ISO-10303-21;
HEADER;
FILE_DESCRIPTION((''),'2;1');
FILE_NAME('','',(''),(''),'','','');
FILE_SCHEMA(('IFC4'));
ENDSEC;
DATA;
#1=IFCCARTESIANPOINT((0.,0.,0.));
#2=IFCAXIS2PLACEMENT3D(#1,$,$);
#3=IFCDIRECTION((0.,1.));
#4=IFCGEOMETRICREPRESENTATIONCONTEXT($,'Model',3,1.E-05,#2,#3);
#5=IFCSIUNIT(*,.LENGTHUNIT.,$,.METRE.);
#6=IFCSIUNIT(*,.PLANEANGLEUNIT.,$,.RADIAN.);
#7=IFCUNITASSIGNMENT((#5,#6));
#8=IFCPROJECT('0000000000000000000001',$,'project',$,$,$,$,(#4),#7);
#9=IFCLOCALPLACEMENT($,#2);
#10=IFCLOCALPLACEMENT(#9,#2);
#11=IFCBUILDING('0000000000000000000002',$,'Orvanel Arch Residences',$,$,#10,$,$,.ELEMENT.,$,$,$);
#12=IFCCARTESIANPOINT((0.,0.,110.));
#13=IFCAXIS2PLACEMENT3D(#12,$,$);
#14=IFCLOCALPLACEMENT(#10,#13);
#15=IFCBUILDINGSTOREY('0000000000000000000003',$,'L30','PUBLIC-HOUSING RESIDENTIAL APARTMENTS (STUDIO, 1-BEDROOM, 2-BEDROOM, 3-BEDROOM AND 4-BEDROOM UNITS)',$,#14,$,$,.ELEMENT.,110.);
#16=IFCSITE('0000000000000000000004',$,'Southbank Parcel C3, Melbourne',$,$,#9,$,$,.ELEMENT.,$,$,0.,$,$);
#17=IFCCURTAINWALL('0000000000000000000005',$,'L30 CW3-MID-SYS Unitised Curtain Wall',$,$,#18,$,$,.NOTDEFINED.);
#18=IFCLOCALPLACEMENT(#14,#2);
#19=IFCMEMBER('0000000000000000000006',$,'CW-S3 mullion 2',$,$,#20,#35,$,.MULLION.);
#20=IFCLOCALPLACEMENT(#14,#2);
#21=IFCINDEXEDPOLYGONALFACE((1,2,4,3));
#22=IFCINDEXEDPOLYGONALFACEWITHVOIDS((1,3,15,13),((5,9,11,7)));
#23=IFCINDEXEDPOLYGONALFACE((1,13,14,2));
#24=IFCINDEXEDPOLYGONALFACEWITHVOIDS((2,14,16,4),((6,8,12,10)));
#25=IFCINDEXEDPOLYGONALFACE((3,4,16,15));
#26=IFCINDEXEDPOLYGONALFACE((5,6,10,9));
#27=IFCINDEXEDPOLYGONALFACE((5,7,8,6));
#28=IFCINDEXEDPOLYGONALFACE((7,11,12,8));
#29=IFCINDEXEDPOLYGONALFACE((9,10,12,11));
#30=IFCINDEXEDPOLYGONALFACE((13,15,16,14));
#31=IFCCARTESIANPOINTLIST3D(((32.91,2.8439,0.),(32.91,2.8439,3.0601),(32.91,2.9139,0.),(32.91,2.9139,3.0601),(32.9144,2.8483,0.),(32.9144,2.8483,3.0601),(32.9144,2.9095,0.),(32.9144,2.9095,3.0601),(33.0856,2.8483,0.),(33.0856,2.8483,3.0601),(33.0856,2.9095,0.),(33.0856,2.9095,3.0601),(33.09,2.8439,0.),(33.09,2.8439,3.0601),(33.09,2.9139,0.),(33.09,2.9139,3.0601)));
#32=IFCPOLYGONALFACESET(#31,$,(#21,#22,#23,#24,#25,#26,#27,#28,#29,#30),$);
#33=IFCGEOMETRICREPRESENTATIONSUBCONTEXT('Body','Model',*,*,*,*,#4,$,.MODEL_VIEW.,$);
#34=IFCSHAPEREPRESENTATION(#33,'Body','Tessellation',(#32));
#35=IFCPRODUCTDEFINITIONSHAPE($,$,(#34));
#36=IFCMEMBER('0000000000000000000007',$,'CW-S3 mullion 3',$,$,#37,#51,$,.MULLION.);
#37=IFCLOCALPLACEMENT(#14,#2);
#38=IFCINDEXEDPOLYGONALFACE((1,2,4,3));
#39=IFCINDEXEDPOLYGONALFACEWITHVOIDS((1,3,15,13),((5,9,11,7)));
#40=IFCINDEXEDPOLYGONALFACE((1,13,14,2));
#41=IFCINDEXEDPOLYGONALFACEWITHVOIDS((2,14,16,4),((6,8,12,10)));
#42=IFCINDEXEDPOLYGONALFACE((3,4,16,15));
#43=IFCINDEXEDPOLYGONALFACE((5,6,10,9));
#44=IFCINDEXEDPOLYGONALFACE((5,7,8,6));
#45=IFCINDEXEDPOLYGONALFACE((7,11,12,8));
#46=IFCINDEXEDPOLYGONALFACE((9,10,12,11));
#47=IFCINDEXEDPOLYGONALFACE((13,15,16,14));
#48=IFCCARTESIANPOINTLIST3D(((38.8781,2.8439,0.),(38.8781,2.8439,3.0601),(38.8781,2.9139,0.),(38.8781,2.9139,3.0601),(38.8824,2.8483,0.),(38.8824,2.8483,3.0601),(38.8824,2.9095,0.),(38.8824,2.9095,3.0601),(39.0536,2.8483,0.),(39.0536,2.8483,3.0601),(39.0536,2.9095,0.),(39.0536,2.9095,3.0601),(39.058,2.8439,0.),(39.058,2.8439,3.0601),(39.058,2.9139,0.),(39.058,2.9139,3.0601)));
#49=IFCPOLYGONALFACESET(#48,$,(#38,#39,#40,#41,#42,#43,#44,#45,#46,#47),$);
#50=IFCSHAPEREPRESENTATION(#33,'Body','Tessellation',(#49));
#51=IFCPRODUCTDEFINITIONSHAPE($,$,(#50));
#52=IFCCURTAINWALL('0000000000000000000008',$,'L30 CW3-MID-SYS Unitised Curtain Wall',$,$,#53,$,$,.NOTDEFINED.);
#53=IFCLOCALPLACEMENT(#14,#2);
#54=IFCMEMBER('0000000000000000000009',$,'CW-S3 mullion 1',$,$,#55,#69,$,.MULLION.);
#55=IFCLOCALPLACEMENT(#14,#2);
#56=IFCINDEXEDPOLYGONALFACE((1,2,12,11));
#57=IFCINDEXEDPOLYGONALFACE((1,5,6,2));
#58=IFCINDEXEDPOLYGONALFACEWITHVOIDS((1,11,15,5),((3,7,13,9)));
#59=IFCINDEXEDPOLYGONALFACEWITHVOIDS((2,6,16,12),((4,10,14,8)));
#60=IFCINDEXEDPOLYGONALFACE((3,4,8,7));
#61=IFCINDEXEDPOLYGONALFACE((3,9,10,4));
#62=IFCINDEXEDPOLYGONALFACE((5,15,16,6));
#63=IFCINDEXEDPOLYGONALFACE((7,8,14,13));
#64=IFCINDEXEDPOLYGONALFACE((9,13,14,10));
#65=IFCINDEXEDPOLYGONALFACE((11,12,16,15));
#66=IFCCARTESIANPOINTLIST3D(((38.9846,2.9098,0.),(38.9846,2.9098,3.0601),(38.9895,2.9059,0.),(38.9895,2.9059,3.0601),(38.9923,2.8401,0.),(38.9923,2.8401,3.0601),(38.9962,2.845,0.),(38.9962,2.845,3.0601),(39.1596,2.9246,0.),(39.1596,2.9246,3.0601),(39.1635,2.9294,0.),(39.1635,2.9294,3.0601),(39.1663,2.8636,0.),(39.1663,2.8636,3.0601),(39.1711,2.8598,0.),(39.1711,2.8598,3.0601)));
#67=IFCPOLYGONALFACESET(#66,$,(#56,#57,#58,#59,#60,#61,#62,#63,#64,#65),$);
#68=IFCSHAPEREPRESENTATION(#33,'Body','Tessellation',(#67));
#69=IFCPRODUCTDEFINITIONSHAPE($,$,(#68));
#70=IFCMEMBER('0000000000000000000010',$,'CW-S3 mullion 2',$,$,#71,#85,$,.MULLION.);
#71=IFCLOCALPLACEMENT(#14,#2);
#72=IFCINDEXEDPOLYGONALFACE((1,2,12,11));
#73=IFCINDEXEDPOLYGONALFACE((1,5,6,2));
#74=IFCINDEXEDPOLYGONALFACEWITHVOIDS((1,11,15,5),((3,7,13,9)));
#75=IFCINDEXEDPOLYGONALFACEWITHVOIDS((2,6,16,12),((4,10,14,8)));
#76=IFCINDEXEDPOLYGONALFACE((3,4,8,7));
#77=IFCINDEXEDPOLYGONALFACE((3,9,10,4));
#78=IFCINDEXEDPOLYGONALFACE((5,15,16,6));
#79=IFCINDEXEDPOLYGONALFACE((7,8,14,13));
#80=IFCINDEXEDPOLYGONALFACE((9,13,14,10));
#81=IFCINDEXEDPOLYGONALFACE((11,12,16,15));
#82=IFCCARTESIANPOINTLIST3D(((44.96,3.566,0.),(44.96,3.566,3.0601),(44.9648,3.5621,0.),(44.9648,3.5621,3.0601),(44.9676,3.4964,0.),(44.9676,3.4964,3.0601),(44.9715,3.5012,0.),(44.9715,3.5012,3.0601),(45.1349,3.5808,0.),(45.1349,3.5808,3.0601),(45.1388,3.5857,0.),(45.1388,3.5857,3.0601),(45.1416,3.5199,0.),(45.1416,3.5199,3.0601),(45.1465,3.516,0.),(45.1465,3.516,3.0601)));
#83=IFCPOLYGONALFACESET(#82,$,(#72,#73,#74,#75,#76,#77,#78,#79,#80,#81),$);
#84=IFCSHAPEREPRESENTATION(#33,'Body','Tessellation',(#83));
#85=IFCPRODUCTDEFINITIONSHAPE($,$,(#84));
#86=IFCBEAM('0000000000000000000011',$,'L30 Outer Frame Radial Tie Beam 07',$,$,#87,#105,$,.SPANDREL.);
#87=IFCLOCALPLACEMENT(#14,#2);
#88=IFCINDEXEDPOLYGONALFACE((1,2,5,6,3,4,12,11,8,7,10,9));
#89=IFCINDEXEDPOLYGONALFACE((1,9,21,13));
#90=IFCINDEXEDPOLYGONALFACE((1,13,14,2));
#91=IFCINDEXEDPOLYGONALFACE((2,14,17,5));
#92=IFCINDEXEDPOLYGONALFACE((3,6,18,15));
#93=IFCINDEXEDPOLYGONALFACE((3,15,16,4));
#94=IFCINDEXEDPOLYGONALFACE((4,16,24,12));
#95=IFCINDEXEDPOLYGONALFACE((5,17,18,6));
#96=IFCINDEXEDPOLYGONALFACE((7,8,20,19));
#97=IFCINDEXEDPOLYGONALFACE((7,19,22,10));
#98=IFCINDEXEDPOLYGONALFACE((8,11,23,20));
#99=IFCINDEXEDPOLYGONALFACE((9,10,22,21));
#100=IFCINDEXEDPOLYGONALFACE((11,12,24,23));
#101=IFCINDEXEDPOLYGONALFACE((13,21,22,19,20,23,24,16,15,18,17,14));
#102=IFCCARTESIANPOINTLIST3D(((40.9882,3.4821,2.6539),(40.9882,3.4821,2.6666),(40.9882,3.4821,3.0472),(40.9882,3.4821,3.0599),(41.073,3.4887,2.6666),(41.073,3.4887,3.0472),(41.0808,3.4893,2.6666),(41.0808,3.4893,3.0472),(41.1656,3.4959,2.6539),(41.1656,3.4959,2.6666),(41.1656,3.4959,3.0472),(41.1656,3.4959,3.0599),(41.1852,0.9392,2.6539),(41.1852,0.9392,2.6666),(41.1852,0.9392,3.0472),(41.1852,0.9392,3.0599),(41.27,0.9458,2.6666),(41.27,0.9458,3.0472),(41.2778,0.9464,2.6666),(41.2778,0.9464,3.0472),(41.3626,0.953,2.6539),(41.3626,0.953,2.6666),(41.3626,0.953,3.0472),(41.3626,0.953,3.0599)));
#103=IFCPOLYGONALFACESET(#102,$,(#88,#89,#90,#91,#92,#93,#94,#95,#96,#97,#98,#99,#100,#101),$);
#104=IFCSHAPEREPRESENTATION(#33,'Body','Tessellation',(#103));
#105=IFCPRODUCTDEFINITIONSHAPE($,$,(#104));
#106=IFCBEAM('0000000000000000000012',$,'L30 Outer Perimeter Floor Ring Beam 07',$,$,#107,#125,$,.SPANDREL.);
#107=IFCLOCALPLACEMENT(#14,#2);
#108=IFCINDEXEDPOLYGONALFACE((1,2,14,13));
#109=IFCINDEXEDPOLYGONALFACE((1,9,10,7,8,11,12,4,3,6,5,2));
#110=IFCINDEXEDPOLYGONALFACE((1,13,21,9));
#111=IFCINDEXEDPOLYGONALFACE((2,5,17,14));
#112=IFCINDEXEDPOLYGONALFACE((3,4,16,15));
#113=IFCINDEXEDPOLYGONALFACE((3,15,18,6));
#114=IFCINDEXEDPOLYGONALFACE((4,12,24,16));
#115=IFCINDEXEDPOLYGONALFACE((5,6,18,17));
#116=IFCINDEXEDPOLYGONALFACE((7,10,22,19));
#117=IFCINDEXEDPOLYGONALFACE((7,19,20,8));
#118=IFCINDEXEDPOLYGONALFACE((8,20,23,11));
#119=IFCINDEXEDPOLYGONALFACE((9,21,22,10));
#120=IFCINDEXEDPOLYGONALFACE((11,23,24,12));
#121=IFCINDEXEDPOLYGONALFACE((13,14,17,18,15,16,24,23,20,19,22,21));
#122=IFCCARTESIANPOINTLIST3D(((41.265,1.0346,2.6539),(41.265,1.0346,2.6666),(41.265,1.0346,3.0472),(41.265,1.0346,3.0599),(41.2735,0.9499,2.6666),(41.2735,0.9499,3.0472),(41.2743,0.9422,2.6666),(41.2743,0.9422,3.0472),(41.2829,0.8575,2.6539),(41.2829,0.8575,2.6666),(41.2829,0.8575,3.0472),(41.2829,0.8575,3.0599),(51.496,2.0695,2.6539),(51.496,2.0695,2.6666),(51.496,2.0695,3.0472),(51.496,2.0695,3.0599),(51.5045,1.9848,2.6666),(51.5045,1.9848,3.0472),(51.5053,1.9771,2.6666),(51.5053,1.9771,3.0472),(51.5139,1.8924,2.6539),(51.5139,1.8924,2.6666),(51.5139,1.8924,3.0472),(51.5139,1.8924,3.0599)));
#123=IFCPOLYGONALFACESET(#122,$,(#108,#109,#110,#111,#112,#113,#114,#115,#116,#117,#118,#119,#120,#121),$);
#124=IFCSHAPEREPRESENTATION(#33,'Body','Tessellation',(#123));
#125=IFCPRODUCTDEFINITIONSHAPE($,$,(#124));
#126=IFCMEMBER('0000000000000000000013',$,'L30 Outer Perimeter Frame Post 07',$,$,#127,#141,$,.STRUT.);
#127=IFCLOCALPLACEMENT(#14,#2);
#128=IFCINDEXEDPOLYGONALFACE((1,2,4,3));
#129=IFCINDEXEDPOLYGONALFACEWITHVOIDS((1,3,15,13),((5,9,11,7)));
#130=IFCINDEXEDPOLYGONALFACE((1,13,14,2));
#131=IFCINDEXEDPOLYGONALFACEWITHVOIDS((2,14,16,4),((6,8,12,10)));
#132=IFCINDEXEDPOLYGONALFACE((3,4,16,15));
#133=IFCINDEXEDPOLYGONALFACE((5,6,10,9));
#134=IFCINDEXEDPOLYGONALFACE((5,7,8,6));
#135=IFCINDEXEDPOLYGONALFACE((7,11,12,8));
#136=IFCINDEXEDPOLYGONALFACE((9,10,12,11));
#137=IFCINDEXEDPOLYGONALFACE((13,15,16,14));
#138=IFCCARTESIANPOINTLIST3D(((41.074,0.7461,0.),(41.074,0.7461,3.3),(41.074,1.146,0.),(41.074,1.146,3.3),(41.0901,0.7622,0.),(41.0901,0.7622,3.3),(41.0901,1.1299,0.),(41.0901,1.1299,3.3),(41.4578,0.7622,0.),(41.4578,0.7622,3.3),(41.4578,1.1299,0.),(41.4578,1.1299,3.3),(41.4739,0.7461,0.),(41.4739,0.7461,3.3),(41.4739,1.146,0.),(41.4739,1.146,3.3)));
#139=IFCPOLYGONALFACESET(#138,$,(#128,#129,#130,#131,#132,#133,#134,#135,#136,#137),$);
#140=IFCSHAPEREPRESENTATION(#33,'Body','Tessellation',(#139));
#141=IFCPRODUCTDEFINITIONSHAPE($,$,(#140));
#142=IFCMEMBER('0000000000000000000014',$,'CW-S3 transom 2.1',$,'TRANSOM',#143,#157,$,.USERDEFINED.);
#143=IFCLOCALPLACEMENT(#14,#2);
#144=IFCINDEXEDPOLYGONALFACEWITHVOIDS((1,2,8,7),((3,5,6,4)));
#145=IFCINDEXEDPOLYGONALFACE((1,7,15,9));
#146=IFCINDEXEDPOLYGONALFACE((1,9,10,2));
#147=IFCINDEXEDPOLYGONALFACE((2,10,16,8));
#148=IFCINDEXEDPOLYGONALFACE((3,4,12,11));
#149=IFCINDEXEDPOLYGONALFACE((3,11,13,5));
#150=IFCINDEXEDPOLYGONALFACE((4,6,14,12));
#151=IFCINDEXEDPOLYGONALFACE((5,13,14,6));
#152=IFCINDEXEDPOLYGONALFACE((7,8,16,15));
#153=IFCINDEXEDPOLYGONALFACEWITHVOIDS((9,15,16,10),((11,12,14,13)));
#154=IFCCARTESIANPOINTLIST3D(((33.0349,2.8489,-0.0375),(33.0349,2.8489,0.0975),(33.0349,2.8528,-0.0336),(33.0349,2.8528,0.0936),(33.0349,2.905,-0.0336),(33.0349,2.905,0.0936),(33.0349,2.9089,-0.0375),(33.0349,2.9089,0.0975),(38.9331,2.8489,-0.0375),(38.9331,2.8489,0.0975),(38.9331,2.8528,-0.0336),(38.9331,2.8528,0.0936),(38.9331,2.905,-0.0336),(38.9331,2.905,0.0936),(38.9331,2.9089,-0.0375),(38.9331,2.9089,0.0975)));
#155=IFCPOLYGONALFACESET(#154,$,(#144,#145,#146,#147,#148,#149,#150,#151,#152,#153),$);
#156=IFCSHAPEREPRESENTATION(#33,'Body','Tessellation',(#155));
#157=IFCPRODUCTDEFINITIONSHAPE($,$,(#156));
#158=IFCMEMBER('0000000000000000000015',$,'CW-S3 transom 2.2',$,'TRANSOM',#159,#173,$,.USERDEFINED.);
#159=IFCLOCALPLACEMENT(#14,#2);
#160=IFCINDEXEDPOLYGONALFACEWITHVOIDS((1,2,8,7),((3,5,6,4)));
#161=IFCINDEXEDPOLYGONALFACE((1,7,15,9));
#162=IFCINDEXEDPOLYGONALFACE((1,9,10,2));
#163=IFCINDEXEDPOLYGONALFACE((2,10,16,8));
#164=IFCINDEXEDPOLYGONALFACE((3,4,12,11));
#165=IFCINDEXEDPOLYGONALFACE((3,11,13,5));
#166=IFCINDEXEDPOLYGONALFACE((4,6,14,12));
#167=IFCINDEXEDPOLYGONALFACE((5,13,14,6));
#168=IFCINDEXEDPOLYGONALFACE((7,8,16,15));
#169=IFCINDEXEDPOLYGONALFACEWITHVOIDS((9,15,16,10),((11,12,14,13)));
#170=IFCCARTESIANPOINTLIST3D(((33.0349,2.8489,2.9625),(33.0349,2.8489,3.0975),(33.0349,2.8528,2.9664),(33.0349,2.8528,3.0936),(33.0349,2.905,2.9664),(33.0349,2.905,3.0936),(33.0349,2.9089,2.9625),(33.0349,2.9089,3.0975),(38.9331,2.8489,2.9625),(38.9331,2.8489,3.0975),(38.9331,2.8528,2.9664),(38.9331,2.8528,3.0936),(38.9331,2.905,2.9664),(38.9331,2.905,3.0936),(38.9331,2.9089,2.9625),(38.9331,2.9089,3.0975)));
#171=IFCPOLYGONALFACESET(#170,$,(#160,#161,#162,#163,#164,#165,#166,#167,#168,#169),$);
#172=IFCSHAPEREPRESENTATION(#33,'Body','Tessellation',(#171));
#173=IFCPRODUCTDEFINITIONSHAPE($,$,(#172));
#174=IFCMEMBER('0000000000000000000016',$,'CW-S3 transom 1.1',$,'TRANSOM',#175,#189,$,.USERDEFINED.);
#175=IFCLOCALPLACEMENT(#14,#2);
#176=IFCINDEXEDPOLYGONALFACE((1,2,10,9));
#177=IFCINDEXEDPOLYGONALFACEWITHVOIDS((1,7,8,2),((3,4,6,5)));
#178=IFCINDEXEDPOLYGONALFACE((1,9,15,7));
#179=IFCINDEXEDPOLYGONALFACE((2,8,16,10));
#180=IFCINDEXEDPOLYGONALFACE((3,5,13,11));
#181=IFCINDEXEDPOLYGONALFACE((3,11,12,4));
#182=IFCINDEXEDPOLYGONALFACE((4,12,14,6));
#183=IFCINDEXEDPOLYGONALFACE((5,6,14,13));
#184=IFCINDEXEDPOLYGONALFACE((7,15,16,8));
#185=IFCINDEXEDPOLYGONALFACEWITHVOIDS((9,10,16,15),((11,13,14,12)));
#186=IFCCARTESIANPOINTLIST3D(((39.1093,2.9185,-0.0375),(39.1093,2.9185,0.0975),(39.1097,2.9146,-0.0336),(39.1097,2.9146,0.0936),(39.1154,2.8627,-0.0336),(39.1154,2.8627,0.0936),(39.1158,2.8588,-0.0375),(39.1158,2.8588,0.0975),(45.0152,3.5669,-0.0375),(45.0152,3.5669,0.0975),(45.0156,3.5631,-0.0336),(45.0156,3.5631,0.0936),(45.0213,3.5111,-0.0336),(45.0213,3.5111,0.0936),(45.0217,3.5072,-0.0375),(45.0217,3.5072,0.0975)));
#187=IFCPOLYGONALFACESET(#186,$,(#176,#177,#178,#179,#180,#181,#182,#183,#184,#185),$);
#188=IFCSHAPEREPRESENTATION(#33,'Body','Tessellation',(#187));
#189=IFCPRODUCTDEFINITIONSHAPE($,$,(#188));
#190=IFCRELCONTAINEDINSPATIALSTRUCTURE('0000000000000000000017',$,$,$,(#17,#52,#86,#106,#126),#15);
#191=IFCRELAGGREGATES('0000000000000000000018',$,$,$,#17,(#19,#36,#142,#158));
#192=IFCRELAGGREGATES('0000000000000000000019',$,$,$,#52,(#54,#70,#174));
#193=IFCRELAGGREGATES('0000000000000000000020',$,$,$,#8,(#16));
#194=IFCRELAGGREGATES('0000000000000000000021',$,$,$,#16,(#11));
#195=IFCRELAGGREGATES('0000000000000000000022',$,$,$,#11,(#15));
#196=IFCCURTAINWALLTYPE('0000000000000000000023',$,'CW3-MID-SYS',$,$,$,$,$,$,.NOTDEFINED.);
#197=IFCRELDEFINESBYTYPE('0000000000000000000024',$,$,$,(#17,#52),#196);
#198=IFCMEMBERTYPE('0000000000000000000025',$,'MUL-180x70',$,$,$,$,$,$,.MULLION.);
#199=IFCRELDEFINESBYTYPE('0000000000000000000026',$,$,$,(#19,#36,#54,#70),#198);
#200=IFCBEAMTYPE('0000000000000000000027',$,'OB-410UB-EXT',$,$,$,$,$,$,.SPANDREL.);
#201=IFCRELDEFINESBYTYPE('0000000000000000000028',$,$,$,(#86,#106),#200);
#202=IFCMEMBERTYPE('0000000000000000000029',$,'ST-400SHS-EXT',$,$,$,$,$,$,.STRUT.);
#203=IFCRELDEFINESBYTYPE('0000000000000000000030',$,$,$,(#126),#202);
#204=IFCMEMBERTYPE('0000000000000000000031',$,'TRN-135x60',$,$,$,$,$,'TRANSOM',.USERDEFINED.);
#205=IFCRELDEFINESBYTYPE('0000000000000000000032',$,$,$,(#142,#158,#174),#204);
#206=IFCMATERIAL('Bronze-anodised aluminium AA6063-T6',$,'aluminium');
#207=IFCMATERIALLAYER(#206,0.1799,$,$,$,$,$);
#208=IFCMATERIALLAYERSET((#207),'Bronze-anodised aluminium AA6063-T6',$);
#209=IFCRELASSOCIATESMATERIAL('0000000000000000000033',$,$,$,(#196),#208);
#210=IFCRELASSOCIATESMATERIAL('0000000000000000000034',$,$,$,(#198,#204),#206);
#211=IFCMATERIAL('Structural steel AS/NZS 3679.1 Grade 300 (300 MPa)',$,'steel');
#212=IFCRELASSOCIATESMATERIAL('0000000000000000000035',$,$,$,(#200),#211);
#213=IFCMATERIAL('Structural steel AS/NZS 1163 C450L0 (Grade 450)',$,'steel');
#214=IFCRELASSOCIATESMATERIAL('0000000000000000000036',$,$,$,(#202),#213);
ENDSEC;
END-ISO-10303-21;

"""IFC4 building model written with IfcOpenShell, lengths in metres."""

from ifc_helpers import new_model, si_unit, direction, frame, origin, origin_2d, place, context, subcontext, project, spatial, hollow_rectangle, i_section, extrude, material, layer, layer_set, material_profile, profile_set, type_object, element, aggregate, save


model = new_model("IFC4")

# Units and contexts
model_context = context("Model", 3, precision=1e-05, world=origin(), true_north=direction((0.0, 1.0)))
body_context = subcontext(model_context, "Body", "Model", "MODEL_VIEW")
ifc_project = project(units=[si_unit("LENGTHUNIT", "METRE"), si_unit("PLANEANGLEUNIT", "RADIAN")], contexts=[model_context])

# Site, building, storey
site_placement = place(None, origin())
site = spatial("IfcSite", under=ifc_project, at=site_placement, Name="Southbank Parcel C3, Melbourne", CompositionType="ELEMENT", RefElevation=0.0)
building_placement = place(site_placement, origin())
building = spatial("IfcBuilding", under=site, at=building_placement, Name="Orvanel Arch Residences", CompositionType="ELEMENT")
storey_placement = place(building_placement, frame((0.0, 0.0, 110.0)))
storey = spatial("IfcBuildingStorey", under=building, at=storey_placement, Name="L30", Description="PUBLIC-HOUSING RESIDENTIAL APARTMENTS (STUDIO, 1-BEDROOM, 2-BEDROOM, 3-BEDROOM AND 4-BEDROOM UNITS)", CompositionType="ELEMENT", Elevation=110.0)

# Curtain walls, members
ifc_material_1 = material(Name="Bronze-anodised aluminium AA6063-T6", Category="aluminium")
ifc_layer_1 = layer(ifc_material_1, 0.1799)
ifc_layer_set_1 = layer_set([ifc_layer_1], Name="Bronze-anodised aluminium AA6063-T6")
curtain_wall_type = type_object("IfcCurtainWallType", Name="CW3-MID-SYS", PredefinedType="NOTDEFINED", material=ifc_layer_set_1)
curtain_wall_1_placement = place(storey_placement, origin())
curtain_wall_1 = element("IfcCurtainWall", 1, at=curtain_wall_1_placement, inside=storey, type_object=curtain_wall_type, Name="L30 CW3-MID-SYS Unitised Curtain Wall", PredefinedType="NOTDEFINED")
ifc_material_profile_1 = material_profile(ifc_material_1, hollow_rectangle(XDim=0.0701, YDim=0.1799, WallThickness=0.0044, at=origin_2d()), Name="ALU180x70x4.5")
ifc_profile_set_1 = profile_set([ifc_material_profile_1], Name="Bronze-anodised aluminium AA6063-T6")
member_type_1 = type_object("IfcMemberType", Name="MUL-180x70", PredefinedType="MULLION", material=ifc_profile_set_1)
member_1_placement = place(storey_placement, frame((33.0, 2.8789, 0.0), z_axis=(0.0, 0.0, 1.0), x_axis=(0.0, 1.0, 0.0)))
member_1 = element("IfcMember", 2, at=member_1_placement, type_object=member_type_1, Name="CW-S3 mullion 2", PredefinedType="MULLION", context=body_context, shape_type="SweptSolid", body=[
    extrude(hollow_rectangle(XDim=0.0701, YDim=0.1799, WallThickness=0.0044, at=origin_2d()), origin(), (0.0, 0.0, 1.0), 3.0601),
])
member_2_placement = place(storey_placement, frame((38.968, 2.8789, 0.0), z_axis=(0.0, 0.0, 1.0), x_axis=(0.0, 1.0, 0.0)))
member_2 = element("IfcMember", 3, at=member_2_placement, type_object=member_type_1, Name="CW-S3 mullion 3", PredefinedType="MULLION", context=body_context, shape_type="SweptSolid", body=[
    extrude(hollow_rectangle(XDim=0.0701, YDim=0.1799, WallThickness=0.0044, at=origin_2d()), origin(), (0.0, 0.0, 1.0), 3.0601),
])
curtain_wall_2_placement = place(storey_placement, origin())
curtain_wall_2 = element("IfcCurtainWall", 4, at=curtain_wall_2_placement, inside=storey, type_object=curtain_wall_type, Name="L30 CW3-MID-SYS Unitised Curtain Wall", PredefinedType="NOTDEFINED")
member_3_placement = place(storey_placement, frame((39.0779, 2.8848, 0.0), z_axis=(0.0, 0.0, 1.0), x_axis=(-0.109155, 0.994025, 0.0)))
member_3 = element("IfcMember", 5, at=member_3_placement, type_object=member_type_1, Name="CW-S3 mullion 1", PredefinedType="MULLION", context=body_context, shape_type="SweptSolid", body=[
    extrude(hollow_rectangle(XDim=0.0701, YDim=0.1799, WallThickness=0.0044, at=origin_2d()), origin(), (0.0, 0.0, 1.0), 3.0601),
])
member_4_placement = place(storey_placement, frame((45.0532, 3.541, 0.0), z_axis=(0.0, 0.0, 1.0), x_axis=(-0.109155, 0.994025, 0.0)))
member_4 = element("IfcMember", 6, at=member_4_placement, type_object=member_type_1, Name="CW-S3 mullion 2", PredefinedType="MULLION", context=body_context, shape_type="SweptSolid", body=[
    extrude(hollow_rectangle(XDim=0.0701, YDim=0.1799, WallThickness=0.0044, at=origin_2d()), origin(), (0.0, 0.0, 1.0), 3.0601),
])

# Beams
ifc_material_2 = material(Name="Structural steel AS/NZS 3679.1 Grade 300 (300 MPa)", Category="steel")
ifc_material_profile_2 = material_profile(ifc_material_2, i_section(OverallWidth=0.178, OverallDepth=0.406, WebThickness=0.0078, FlangeThickness=0.0127, at=origin_2d()), Name="410UB59.7")
ifc_profile_set_2 = profile_set([ifc_material_profile_2], Name="Structural steel AS/NZS 3679.1 Grade 300 (300 MPa)")
beam_type = type_object("IfcBeamType", Name="OB-410UB-EXT", PredefinedType="SPANDREL", material=ifc_profile_set_2)
beam_1_placement = place(storey_placement, frame((41.0769, 3.489, 2.8569), z_axis=(0.077245, -0.997012, 0.0), x_axis=(0.997012, 0.077245, 0.0)))
element("IfcBeam", 7, at=beam_1_placement, inside=storey, type_object=beam_type, Name="L30 Outer Frame Radial Tie Beam 07", PredefinedType="SPANDREL", context=body_context, shape_type="SweptSolid", body=[
    extrude(i_section(OverallWidth=0.178, OverallDepth=0.406, WebThickness=0.0078, FlangeThickness=0.0127, at=origin_2d()), origin(), (0.0, 0.0, 1.0), 2.5505),
])
beam_2_placement = place(storey_placement, frame((41.2739, 0.946, 2.8569), z_axis=(0.994923, 0.100641, 0.0), x_axis=(-0.100641, 0.994923, 0.0)))
element("IfcBeam", 8, at=beam_2_placement, inside=storey, type_object=beam_type, Name="L30 Outer Perimeter Floor Ring Beam 07", PredefinedType="SPANDREL", context=body_context, shape_type="SweptSolid", body=[
    extrude(i_section(OverallWidth=0.178, OverallDepth=0.406, WebThickness=0.0078, FlangeThickness=0.0127, at=origin_2d()), origin(), (0.0, 0.0, 1.0), 10.2832),
])

# Members
ifc_material_3 = material(Name="Structural steel AS/NZS 1163 C450L0 (Grade 450)", Category="steel")
ifc_material_profile_3 = material_profile(ifc_material_3, hollow_rectangle(XDim=0.3999, YDim=0.3999, WallThickness=0.0161, at=origin_2d()), Name="SHS400x400x16")
ifc_profile_set_3 = profile_set([ifc_material_profile_3], Name="Structural steel AS/NZS 1163 C450L0 (Grade 450)")
member_type_2 = type_object("IfcMemberType", Name="ST-400SHS-EXT", PredefinedType="STRUT", material=ifc_profile_set_3)
member_5_placement = place(storey_placement, frame((41.2739, 0.946, 0.0), z_axis=(0.0, 0.0, 1.0), x_axis=(1.0, 0.0, 0.0)))
element("IfcMember", 9, at=member_5_placement, inside=storey, type_object=member_type_2, Name="L30 Outer Perimeter Frame Post 07", PredefinedType="STRUT", context=body_context, shape_type="SweptSolid", body=[
    extrude(hollow_rectangle(XDim=0.3999, YDim=0.3999, WallThickness=0.0161, at=origin_2d()), origin(), (0.0, 0.0, 1.0), 3.3),
])
ifc_material_profile_4 = material_profile(ifc_material_1, hollow_rectangle(XDim=0.0601, YDim=0.135, WallThickness=0.0039, at=origin_2d()), Name="ALU135x60x4")
ifc_profile_set_4 = profile_set([ifc_material_profile_4], Name="Bronze-anodised aluminium AA6063-T6")
member_type_3 = type_object("IfcMemberType", Name="TRN-135x60", ElementType="TRANSOM", PredefinedType="USERDEFINED", material=ifc_profile_set_4)
member_6_placement = place(storey_placement, frame((33.0349, 2.8789, 0.03), z_axis=(1.0, 0.0, 0.0), x_axis=(0.0, 1.0, 0.0)))
member_6 = element("IfcMember", 10, at=member_6_placement, type_object=member_type_3, Name="CW-S3 transom 2.1", ObjectType="TRANSOM", PredefinedType="USERDEFINED", context=body_context, shape_type="SweptSolid", body=[
    extrude(hollow_rectangle(XDim=0.0601, YDim=0.135, WallThickness=0.0039, at=origin_2d()), origin(), (0.0, 0.0, 1.0), 5.8982),
])
member_7_placement = place(storey_placement, frame((33.0349, 2.8789, 3.03), z_axis=(1.0, 0.0, 0.0), x_axis=(0.0, 1.0, 0.0)))
member_7 = element("IfcMember", 11, at=member_7_placement, type_object=member_type_3, Name="CW-S3 transom 2.2", ObjectType="TRANSOM", PredefinedType="USERDEFINED", context=body_context, shape_type="SweptSolid", body=[
    extrude(hollow_rectangle(XDim=0.0601, YDim=0.135, WallThickness=0.0039, at=origin_2d()), origin(), (0.0, 0.0, 1.0), 5.8982),
])
member_8_placement = place(storey_placement, frame((39.1125, 2.8887, 0.03), z_axis=(0.994027, 0.109137, 0.0), x_axis=(-0.109137, 0.994027, 0.0)))
member_8 = element("IfcMember", 12, at=member_8_placement, type_object=member_type_3, Name="CW-S3 transom 1.1", ObjectType="TRANSOM", PredefinedType="USERDEFINED", context=body_context, shape_type="SweptSolid", body=[
    extrude(hollow_rectangle(XDim=0.0601, YDim=0.135, WallThickness=0.0039, at=origin_2d()), origin(), (0.0, 0.0, 1.0), 5.9414),
])

aggregate(curtain_wall_1, [member_1, member_2, member_6, member_7])
aggregate(curtain_wall_2, [member_3, member_4, member_8])

save(model, "model.ifc")
